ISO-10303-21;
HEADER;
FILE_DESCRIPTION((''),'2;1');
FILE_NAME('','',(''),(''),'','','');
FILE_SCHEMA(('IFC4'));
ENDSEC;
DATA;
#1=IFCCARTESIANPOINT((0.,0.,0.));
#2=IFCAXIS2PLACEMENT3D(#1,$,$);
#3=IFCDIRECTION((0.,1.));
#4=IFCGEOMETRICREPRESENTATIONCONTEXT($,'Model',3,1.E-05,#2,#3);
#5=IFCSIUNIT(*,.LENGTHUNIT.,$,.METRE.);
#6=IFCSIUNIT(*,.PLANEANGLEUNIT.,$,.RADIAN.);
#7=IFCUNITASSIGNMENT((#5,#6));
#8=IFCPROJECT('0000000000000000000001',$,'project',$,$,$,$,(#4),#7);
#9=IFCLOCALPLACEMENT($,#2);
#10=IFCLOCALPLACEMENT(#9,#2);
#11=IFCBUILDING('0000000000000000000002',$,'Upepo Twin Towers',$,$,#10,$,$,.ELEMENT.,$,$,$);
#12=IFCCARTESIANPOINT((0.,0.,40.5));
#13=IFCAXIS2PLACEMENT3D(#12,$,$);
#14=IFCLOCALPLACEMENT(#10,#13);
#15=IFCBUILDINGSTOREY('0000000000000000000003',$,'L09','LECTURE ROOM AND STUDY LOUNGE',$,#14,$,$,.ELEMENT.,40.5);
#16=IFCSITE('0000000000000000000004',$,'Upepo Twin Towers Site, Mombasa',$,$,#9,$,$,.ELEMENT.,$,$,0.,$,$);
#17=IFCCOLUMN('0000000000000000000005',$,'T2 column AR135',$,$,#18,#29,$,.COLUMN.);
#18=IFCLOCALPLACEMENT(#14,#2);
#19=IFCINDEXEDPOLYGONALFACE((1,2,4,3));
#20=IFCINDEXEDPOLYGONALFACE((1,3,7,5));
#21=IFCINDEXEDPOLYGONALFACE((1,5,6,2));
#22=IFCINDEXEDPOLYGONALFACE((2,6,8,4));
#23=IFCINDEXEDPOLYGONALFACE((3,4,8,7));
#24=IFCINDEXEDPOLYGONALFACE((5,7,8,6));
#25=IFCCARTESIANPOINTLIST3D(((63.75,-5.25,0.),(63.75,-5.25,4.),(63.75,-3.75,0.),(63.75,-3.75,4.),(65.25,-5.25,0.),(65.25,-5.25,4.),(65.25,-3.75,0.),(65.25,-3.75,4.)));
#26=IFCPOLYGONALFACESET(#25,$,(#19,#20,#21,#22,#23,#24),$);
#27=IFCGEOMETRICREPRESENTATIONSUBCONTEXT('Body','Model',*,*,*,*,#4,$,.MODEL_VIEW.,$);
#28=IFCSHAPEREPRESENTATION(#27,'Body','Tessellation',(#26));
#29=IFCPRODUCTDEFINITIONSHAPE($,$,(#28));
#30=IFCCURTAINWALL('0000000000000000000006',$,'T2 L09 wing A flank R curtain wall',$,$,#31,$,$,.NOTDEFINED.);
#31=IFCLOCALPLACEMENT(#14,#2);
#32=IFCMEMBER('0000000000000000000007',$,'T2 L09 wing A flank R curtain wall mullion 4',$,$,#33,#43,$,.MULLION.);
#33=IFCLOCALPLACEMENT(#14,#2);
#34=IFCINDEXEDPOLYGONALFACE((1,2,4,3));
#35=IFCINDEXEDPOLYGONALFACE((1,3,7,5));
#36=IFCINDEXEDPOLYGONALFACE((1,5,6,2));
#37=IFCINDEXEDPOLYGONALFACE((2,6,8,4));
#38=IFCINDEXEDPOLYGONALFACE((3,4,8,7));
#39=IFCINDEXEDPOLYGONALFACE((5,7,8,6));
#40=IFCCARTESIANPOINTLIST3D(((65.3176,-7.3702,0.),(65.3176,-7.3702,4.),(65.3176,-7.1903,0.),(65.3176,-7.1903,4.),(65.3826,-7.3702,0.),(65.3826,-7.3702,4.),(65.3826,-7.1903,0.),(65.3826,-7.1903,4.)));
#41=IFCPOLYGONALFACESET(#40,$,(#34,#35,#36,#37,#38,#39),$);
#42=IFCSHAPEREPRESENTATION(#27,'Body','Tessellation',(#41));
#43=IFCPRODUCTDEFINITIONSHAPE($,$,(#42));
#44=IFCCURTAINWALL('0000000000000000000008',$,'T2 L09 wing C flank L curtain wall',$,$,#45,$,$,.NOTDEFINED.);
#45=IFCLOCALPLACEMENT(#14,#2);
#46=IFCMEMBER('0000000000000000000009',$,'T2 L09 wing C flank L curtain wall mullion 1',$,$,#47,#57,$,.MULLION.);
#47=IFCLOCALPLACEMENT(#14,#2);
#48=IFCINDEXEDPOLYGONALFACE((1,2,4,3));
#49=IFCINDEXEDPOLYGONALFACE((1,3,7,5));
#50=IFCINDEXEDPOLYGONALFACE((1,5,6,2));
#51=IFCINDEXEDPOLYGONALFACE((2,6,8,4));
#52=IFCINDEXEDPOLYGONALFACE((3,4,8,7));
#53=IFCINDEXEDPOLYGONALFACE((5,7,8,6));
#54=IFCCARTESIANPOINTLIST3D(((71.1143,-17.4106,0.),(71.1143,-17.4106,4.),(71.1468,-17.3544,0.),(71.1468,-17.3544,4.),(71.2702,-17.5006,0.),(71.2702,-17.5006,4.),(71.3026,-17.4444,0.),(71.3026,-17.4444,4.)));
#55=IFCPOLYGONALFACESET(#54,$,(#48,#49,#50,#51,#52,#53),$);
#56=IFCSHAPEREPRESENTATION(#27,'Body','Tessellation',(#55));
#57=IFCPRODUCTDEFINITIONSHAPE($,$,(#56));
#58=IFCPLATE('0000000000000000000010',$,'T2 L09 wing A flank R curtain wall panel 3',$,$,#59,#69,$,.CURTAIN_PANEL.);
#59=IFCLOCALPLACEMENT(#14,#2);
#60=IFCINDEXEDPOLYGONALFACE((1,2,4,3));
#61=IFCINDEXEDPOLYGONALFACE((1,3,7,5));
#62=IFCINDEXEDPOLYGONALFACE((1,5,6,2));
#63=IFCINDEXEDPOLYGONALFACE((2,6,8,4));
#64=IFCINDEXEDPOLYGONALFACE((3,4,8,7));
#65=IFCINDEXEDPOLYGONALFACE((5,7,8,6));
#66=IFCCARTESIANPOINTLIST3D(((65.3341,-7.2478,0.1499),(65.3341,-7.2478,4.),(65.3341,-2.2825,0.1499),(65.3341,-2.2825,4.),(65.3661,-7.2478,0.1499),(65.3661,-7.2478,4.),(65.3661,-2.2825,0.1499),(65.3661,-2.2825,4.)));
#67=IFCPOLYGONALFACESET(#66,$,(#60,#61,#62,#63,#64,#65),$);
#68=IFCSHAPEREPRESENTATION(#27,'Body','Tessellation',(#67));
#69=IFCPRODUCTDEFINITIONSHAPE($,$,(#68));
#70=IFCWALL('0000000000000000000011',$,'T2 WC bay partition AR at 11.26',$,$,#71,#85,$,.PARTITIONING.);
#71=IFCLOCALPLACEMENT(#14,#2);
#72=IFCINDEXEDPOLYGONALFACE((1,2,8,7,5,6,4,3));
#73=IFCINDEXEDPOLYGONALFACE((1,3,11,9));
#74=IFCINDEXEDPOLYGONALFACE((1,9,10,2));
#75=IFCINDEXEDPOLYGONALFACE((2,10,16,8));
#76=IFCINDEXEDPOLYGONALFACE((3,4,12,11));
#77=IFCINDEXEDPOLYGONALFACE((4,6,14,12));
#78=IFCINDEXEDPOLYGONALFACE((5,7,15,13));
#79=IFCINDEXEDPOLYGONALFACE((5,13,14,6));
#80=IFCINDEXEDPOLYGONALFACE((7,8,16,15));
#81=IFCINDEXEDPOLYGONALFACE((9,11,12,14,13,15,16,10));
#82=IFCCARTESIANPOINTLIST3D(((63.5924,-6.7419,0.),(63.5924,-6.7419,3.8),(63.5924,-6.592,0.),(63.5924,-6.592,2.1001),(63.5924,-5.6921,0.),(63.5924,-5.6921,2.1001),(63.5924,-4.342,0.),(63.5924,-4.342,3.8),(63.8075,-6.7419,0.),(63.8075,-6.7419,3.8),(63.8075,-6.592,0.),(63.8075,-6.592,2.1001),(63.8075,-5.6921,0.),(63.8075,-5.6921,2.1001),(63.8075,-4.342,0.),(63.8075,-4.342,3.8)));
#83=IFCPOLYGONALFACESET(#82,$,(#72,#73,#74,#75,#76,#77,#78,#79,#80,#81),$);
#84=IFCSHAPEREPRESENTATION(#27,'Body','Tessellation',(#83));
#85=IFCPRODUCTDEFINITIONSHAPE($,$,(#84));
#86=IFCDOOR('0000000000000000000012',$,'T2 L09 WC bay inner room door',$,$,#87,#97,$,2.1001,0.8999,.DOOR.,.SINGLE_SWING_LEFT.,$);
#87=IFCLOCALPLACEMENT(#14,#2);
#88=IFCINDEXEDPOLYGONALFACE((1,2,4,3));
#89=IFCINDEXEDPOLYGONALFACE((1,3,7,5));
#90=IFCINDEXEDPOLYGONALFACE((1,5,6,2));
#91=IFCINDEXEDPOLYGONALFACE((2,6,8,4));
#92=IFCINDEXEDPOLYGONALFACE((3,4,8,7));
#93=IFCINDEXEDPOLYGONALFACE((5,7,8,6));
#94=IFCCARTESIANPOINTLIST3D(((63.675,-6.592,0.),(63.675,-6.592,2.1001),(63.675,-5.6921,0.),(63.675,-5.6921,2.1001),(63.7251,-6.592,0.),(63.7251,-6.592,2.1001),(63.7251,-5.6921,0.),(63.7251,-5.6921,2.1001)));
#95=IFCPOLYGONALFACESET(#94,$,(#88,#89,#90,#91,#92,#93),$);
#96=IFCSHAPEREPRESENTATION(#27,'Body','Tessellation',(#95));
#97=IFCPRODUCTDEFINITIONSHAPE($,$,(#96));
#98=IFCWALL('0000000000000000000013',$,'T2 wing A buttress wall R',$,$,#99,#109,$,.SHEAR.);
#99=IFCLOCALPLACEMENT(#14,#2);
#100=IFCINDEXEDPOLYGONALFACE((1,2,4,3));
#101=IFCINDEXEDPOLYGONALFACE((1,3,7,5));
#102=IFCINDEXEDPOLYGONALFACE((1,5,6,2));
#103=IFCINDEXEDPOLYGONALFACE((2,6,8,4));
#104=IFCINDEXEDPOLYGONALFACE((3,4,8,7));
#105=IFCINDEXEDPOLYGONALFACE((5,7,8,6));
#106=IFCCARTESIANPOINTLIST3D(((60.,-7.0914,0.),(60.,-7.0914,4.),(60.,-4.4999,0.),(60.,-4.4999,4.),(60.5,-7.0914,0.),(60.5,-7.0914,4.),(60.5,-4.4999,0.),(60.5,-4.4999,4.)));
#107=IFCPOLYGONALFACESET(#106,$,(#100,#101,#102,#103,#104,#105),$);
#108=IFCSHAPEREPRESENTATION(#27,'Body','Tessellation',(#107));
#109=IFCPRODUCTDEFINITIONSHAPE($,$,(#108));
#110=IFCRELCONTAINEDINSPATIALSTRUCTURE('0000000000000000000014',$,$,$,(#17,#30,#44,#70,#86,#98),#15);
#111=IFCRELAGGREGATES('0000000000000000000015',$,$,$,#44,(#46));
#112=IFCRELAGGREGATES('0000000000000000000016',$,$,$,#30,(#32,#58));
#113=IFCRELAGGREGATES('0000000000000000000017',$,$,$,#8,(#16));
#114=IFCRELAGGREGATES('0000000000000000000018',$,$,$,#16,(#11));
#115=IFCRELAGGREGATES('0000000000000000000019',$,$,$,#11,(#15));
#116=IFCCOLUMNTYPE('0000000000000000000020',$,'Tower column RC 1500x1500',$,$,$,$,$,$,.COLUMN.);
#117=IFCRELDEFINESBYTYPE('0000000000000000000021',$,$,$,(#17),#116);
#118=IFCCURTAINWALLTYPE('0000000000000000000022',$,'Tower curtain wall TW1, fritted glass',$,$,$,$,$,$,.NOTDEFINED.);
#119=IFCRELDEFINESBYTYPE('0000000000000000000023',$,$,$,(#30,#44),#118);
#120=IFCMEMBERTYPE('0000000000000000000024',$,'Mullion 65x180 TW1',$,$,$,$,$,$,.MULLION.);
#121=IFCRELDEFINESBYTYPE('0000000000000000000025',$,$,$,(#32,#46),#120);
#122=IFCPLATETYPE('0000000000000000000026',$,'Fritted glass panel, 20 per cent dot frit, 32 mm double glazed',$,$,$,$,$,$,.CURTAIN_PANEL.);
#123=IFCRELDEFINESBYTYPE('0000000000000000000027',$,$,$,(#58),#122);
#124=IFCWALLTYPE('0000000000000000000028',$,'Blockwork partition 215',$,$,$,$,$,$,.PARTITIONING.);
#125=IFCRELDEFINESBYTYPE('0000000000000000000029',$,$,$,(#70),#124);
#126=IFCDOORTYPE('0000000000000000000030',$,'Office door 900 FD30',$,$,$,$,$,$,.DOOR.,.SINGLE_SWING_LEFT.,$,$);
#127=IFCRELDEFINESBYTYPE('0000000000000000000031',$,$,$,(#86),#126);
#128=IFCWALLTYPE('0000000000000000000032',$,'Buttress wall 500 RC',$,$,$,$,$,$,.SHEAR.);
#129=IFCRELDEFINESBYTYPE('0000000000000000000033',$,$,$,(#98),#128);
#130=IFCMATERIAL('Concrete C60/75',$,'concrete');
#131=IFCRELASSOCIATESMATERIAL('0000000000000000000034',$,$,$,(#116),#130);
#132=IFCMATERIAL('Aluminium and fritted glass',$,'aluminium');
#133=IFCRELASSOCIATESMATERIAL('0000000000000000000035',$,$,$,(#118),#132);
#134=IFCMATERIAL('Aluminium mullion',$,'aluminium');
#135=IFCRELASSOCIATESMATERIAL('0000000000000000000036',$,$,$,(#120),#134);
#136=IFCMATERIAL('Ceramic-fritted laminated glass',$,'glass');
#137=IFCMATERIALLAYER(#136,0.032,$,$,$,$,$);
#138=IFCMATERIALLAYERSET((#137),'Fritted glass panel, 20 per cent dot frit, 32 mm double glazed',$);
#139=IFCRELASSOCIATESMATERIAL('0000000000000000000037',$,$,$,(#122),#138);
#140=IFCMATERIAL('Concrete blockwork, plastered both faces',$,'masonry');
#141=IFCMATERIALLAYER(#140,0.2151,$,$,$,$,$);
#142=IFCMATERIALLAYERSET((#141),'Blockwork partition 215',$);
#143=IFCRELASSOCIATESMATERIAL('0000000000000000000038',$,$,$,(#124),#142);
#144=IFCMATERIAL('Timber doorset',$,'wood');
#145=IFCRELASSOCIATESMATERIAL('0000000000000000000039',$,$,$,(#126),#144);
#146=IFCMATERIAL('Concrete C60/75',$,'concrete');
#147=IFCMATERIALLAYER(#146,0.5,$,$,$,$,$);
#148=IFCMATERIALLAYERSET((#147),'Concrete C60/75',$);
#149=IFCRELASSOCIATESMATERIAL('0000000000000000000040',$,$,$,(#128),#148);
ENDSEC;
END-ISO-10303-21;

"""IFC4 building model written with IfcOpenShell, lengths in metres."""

from ifc_helpers import new_model, si_unit, direction, frame, frame_2d, origin, origin_2d, place, context, subcontext, project, spatial, rectangle, extrude, material, layer, layer_set, material_profile, profile_set, type_object, element, fill, aggregate, save


model = new_model("IFC4")

# Units and contexts
model_context = context("Model", 3, precision=1e-05, world=origin(), true_north=direction((0.0, 1.0)))
body_context = subcontext(model_context, "Body", "Model", "MODEL_VIEW")
ifc_project = project(units=[si_unit("LENGTHUNIT", "METRE"), si_unit("PLANEANGLEUNIT", "RADIAN")], contexts=[model_context])

# Site, building, storey
site_placement = place(None, origin())
site = spatial("IfcSite", under=ifc_project, at=site_placement, Name="Upepo Twin Towers Site, Mombasa", CompositionType="ELEMENT", RefElevation=0.0)
building_placement = place(site_placement, origin())
building = spatial("IfcBuilding", under=site, at=building_placement, Name="Upepo Twin Towers", CompositionType="ELEMENT")
storey_placement = place(building_placement, frame((0.0, 0.0, 40.5)))
storey = spatial("IfcBuildingStorey", under=building, at=storey_placement, Name="L09", Description="LECTURE ROOM AND STUDY LOUNGE", CompositionType="ELEMENT", Elevation=40.5)

# Column
ifc_material_1 = material(Name="Concrete C60/75", Category="concrete")
ifc_material_profile_1 = material_profile(ifc_material_1, rectangle(XDim=1.5, YDim=1.5, at=origin_2d()), Name="RC 1500x1500")
ifc_profile_set_1 = profile_set([ifc_material_profile_1], Name="Concrete C60/75")
column_type = type_object("IfcColumnType", Name="Tower column RC 1500x1500", PredefinedType="COLUMN", material=ifc_profile_set_1)
column_placement = place(storey_placement, frame((64.5, -4.5, 0.0), z_axis=(0.0, 0.0, 1.0), x_axis=(1.0, 0.0, 0.0)))
element("IfcColumn", 1, at=column_placement, inside=storey, type_object=column_type, Name="T2 column AR135", PredefinedType="COLUMN", context=body_context, shape_type="SweptSolid", body=[
    extrude(rectangle(XDim=1.5, YDim=1.5, at=origin_2d()), origin(), (0.0, 0.0, 1.0), 4.0),
])

# Curtain walls, members
ifc_material_2 = material(Name="Aluminium and fritted glass", Category="aluminium")
curtain_wall_type = type_object("IfcCurtainWallType", Name="Tower curtain wall TW1, fritted glass", PredefinedType="NOTDEFINED", material=ifc_material_2)
curtain_wall_1_placement = place(storey_placement, origin())
curtain_wall_1 = element("IfcCurtainWall", 2, at=curtain_wall_1_placement, inside=storey, type_object=curtain_wall_type, Name="T2 L09 wing A flank R curtain wall", PredefinedType="NOTDEFINED")
ifc_material_3 = material(Name="Aluminium mullion", Category="aluminium")
ifc_material_profile_2 = material_profile(ifc_material_3, rectangle(XDim=0.0649, YDim=0.1799, at=origin_2d()), Name="MULLION 65x180")
ifc_profile_set_2 = profile_set([ifc_material_profile_2], Name="Aluminium mullion")
member_type = type_object("IfcMemberType", Name="Mullion 65x180 TW1", PredefinedType="MULLION", material=ifc_profile_set_2)
member_1_placement = place(storey_placement, frame((65.3501, -7.2803, 0.0), z_axis=(0.0, 0.0, 1.0), x_axis=(1.0, 0.0, 0.0)))
member_1 = element("IfcMember", 3, at=member_1_placement, type_object=member_type, Name="T2 L09 wing A flank R curtain wall mullion 4", PredefinedType="MULLION", context=body_context, shape_type="SweptSolid", body=[
    extrude(rectangle(XDim=0.0649, YDim=0.1799, at=origin_2d()), origin(), (0.0, 0.0, 1.0), 4.0),
])
curtain_wall_2_placement = place(storey_placement, origin())
curtain_wall_2 = element("IfcCurtainWall", 4, at=curtain_wall_2_placement, inside=storey, type_object=curtain_wall_type, Name="T2 L09 wing C flank L curtain wall", PredefinedType="NOTDEFINED")
member_2_placement = place(storey_placement, frame((71.2085, -17.4275, 0.0), z_axis=(0.0, 0.0, 1.0), x_axis=(0.5, 0.866025, 0.0)))
member_2 = element("IfcMember", 5, at=member_2_placement, type_object=member_type, Name="T2 L09 wing C flank L curtain wall mullion 1", PredefinedType="MULLION", context=body_context, shape_type="SweptSolid", body=[
    extrude(rectangle(XDim=0.0649, YDim=0.1799, at=origin_2d()), origin(), (0.0, 0.0, 1.0), 4.0),
])
aggregate(curtain_wall_2, [member_2])

# Plate
ifc_material_4 = material(Name="Ceramic-fritted laminated glass", Category="glass")
ifc_layer_1 = layer(ifc_material_4, 0.032)
ifc_layer_set_1 = layer_set([ifc_layer_1], Name="Fritted glass panel, 20 per cent dot frit, 32 mm double glazed")
plate_type = type_object("IfcPlateType", Name="Fritted glass panel, 20 per cent dot frit, 32 mm double glazed", PredefinedType="CURTAIN_PANEL", material=ifc_layer_set_1)
plate_placement = place(storey_placement, frame((65.3501, -4.7651, 0.1499), z_axis=(0.0, 0.0, 1.0), x_axis=(0.0, -1.0, 0.0)))
plate = element("IfcPlate", 6, at=plate_placement, type_object=plate_type, Name="T2 L09 wing A flank R curtain wall panel 3", PredefinedType="CURTAIN_PANEL", context=body_context, shape_type="SweptSolid", body=[
    extrude(rectangle(XDim=4.9653, YDim=0.032, at=origin_2d()), origin(), (0.0, 0.0, 1.0), 3.8501),
])
aggregate(curtain_wall_1, [member_1, plate])

# Wall, opening, door
ifc_material_5 = material(Name="Concrete blockwork, plastered both faces", Category="masonry")
ifc_layer_2 = layer(ifc_material_5, 0.2151)
ifc_layer_set_2 = layer_set([ifc_layer_2], Name="Blockwork partition 215")
wall_type_1 = type_object("IfcWallType", Name="Blockwork partition 215", PredefinedType="PARTITIONING", material=ifc_layer_set_2)
wall_1_placement = place(storey_placement, frame((63.7, -6.7419, 0.0), z_axis=(0.0, 0.0, 1.0), x_axis=(0.0, 1.0, 0.0)))
wall_1 = element("IfcWall", 7, at=wall_1_placement, inside=storey, type_object=wall_type_1, Name="T2 WC bay partition AR at 11.26", PredefinedType="PARTITIONING", context=body_context, shape_type="SweptSolid", body=[
    extrude(rectangle(XDim=2.3999, YDim=0.2151, at=frame_2d((1.2, 0.0))), origin(), (0.0, 0.0, 1.0), 3.8),
])
opening_1_placement = place(wall_1_placement, frame((0.1499, 0.0, 0.0)))
opening_1 = element("IfcOpeningElement", 8, at=opening_1_placement, cuts=wall_1, PredefinedType="OPENING", context=body_context, shape_type="SweptSolid", body=[
    extrude(rectangle(XDim=0.8999, YDim=2.1001, at=frame_2d((0.45, 1.05))), frame((0.0, 0.1174, 0.0), z_axis=(0.0, -1.0, 0.0), x_axis=(1.0, 0.0, 0.0)), (0.0, 0.0, 1.0), 0.2351),
])
ifc_material_6 = material(Name="Timber doorset", Category="wood")
door_type_1 = type_object("IfcDoorType", Name="Office door 900 FD30", OperationType="SINGLE_SWING_LEFT", PredefinedType="DOOR", material=ifc_material_6)
door_1_placement = place(opening_1_placement, origin())
door_1 = element("IfcDoor", 9, at=door_1_placement, inside=storey, type_object=door_type_1, Name="T2 L09 WC bay inner room door", OperationType="SINGLE_SWING_LEFT", OverallHeight=2.1001, OverallWidth=0.8999, PredefinedType="DOOR", context=body_context, shape_type="SweptSolid", body=[
    extrude(rectangle(XDim=0.8999, YDim=2.1001, at=frame_2d((0.45, 1.05))), frame((0.0, 0.0249, 0.0), z_axis=(0.0, -1.0, 0.0), x_axis=(1.0, 0.0, 0.0)), (0.0, 0.0, 1.0), 0.05),
])
fill(opening_1, door_1)

# Wall
ifc_material_7 = material(Name="Concrete C60/75", Category="concrete")
ifc_layer_3 = layer(ifc_material_7, 0.5)
ifc_layer_set_3 = layer_set([ifc_layer_3], Name="Concrete C60/75")
wall_type_2 = type_object("IfcWallType", Name="Buttress wall 500 RC", PredefinedType="SHEAR", material=ifc_layer_set_3)
wall_2_placement = place(storey_placement, frame((60.25, -7.0916, 0.0), z_axis=(0.0, 0.0, 1.0), x_axis=(0.0, 1.0, 0.0)))
element("IfcWall", 10, at=wall_2_placement, inside=storey, type_object=wall_type_2, Name="T2 wing A buttress wall R", PredefinedType="SHEAR", context=body_context, shape_type="SweptSolid", body=[
    extrude(rectangle(XDim=2.5916, YDim=0.5, at=frame_2d((1.2959, 0.0))), origin(), (0.0, 0.0, 1.0), 4.0),
])

save(model, "model.ifc")
